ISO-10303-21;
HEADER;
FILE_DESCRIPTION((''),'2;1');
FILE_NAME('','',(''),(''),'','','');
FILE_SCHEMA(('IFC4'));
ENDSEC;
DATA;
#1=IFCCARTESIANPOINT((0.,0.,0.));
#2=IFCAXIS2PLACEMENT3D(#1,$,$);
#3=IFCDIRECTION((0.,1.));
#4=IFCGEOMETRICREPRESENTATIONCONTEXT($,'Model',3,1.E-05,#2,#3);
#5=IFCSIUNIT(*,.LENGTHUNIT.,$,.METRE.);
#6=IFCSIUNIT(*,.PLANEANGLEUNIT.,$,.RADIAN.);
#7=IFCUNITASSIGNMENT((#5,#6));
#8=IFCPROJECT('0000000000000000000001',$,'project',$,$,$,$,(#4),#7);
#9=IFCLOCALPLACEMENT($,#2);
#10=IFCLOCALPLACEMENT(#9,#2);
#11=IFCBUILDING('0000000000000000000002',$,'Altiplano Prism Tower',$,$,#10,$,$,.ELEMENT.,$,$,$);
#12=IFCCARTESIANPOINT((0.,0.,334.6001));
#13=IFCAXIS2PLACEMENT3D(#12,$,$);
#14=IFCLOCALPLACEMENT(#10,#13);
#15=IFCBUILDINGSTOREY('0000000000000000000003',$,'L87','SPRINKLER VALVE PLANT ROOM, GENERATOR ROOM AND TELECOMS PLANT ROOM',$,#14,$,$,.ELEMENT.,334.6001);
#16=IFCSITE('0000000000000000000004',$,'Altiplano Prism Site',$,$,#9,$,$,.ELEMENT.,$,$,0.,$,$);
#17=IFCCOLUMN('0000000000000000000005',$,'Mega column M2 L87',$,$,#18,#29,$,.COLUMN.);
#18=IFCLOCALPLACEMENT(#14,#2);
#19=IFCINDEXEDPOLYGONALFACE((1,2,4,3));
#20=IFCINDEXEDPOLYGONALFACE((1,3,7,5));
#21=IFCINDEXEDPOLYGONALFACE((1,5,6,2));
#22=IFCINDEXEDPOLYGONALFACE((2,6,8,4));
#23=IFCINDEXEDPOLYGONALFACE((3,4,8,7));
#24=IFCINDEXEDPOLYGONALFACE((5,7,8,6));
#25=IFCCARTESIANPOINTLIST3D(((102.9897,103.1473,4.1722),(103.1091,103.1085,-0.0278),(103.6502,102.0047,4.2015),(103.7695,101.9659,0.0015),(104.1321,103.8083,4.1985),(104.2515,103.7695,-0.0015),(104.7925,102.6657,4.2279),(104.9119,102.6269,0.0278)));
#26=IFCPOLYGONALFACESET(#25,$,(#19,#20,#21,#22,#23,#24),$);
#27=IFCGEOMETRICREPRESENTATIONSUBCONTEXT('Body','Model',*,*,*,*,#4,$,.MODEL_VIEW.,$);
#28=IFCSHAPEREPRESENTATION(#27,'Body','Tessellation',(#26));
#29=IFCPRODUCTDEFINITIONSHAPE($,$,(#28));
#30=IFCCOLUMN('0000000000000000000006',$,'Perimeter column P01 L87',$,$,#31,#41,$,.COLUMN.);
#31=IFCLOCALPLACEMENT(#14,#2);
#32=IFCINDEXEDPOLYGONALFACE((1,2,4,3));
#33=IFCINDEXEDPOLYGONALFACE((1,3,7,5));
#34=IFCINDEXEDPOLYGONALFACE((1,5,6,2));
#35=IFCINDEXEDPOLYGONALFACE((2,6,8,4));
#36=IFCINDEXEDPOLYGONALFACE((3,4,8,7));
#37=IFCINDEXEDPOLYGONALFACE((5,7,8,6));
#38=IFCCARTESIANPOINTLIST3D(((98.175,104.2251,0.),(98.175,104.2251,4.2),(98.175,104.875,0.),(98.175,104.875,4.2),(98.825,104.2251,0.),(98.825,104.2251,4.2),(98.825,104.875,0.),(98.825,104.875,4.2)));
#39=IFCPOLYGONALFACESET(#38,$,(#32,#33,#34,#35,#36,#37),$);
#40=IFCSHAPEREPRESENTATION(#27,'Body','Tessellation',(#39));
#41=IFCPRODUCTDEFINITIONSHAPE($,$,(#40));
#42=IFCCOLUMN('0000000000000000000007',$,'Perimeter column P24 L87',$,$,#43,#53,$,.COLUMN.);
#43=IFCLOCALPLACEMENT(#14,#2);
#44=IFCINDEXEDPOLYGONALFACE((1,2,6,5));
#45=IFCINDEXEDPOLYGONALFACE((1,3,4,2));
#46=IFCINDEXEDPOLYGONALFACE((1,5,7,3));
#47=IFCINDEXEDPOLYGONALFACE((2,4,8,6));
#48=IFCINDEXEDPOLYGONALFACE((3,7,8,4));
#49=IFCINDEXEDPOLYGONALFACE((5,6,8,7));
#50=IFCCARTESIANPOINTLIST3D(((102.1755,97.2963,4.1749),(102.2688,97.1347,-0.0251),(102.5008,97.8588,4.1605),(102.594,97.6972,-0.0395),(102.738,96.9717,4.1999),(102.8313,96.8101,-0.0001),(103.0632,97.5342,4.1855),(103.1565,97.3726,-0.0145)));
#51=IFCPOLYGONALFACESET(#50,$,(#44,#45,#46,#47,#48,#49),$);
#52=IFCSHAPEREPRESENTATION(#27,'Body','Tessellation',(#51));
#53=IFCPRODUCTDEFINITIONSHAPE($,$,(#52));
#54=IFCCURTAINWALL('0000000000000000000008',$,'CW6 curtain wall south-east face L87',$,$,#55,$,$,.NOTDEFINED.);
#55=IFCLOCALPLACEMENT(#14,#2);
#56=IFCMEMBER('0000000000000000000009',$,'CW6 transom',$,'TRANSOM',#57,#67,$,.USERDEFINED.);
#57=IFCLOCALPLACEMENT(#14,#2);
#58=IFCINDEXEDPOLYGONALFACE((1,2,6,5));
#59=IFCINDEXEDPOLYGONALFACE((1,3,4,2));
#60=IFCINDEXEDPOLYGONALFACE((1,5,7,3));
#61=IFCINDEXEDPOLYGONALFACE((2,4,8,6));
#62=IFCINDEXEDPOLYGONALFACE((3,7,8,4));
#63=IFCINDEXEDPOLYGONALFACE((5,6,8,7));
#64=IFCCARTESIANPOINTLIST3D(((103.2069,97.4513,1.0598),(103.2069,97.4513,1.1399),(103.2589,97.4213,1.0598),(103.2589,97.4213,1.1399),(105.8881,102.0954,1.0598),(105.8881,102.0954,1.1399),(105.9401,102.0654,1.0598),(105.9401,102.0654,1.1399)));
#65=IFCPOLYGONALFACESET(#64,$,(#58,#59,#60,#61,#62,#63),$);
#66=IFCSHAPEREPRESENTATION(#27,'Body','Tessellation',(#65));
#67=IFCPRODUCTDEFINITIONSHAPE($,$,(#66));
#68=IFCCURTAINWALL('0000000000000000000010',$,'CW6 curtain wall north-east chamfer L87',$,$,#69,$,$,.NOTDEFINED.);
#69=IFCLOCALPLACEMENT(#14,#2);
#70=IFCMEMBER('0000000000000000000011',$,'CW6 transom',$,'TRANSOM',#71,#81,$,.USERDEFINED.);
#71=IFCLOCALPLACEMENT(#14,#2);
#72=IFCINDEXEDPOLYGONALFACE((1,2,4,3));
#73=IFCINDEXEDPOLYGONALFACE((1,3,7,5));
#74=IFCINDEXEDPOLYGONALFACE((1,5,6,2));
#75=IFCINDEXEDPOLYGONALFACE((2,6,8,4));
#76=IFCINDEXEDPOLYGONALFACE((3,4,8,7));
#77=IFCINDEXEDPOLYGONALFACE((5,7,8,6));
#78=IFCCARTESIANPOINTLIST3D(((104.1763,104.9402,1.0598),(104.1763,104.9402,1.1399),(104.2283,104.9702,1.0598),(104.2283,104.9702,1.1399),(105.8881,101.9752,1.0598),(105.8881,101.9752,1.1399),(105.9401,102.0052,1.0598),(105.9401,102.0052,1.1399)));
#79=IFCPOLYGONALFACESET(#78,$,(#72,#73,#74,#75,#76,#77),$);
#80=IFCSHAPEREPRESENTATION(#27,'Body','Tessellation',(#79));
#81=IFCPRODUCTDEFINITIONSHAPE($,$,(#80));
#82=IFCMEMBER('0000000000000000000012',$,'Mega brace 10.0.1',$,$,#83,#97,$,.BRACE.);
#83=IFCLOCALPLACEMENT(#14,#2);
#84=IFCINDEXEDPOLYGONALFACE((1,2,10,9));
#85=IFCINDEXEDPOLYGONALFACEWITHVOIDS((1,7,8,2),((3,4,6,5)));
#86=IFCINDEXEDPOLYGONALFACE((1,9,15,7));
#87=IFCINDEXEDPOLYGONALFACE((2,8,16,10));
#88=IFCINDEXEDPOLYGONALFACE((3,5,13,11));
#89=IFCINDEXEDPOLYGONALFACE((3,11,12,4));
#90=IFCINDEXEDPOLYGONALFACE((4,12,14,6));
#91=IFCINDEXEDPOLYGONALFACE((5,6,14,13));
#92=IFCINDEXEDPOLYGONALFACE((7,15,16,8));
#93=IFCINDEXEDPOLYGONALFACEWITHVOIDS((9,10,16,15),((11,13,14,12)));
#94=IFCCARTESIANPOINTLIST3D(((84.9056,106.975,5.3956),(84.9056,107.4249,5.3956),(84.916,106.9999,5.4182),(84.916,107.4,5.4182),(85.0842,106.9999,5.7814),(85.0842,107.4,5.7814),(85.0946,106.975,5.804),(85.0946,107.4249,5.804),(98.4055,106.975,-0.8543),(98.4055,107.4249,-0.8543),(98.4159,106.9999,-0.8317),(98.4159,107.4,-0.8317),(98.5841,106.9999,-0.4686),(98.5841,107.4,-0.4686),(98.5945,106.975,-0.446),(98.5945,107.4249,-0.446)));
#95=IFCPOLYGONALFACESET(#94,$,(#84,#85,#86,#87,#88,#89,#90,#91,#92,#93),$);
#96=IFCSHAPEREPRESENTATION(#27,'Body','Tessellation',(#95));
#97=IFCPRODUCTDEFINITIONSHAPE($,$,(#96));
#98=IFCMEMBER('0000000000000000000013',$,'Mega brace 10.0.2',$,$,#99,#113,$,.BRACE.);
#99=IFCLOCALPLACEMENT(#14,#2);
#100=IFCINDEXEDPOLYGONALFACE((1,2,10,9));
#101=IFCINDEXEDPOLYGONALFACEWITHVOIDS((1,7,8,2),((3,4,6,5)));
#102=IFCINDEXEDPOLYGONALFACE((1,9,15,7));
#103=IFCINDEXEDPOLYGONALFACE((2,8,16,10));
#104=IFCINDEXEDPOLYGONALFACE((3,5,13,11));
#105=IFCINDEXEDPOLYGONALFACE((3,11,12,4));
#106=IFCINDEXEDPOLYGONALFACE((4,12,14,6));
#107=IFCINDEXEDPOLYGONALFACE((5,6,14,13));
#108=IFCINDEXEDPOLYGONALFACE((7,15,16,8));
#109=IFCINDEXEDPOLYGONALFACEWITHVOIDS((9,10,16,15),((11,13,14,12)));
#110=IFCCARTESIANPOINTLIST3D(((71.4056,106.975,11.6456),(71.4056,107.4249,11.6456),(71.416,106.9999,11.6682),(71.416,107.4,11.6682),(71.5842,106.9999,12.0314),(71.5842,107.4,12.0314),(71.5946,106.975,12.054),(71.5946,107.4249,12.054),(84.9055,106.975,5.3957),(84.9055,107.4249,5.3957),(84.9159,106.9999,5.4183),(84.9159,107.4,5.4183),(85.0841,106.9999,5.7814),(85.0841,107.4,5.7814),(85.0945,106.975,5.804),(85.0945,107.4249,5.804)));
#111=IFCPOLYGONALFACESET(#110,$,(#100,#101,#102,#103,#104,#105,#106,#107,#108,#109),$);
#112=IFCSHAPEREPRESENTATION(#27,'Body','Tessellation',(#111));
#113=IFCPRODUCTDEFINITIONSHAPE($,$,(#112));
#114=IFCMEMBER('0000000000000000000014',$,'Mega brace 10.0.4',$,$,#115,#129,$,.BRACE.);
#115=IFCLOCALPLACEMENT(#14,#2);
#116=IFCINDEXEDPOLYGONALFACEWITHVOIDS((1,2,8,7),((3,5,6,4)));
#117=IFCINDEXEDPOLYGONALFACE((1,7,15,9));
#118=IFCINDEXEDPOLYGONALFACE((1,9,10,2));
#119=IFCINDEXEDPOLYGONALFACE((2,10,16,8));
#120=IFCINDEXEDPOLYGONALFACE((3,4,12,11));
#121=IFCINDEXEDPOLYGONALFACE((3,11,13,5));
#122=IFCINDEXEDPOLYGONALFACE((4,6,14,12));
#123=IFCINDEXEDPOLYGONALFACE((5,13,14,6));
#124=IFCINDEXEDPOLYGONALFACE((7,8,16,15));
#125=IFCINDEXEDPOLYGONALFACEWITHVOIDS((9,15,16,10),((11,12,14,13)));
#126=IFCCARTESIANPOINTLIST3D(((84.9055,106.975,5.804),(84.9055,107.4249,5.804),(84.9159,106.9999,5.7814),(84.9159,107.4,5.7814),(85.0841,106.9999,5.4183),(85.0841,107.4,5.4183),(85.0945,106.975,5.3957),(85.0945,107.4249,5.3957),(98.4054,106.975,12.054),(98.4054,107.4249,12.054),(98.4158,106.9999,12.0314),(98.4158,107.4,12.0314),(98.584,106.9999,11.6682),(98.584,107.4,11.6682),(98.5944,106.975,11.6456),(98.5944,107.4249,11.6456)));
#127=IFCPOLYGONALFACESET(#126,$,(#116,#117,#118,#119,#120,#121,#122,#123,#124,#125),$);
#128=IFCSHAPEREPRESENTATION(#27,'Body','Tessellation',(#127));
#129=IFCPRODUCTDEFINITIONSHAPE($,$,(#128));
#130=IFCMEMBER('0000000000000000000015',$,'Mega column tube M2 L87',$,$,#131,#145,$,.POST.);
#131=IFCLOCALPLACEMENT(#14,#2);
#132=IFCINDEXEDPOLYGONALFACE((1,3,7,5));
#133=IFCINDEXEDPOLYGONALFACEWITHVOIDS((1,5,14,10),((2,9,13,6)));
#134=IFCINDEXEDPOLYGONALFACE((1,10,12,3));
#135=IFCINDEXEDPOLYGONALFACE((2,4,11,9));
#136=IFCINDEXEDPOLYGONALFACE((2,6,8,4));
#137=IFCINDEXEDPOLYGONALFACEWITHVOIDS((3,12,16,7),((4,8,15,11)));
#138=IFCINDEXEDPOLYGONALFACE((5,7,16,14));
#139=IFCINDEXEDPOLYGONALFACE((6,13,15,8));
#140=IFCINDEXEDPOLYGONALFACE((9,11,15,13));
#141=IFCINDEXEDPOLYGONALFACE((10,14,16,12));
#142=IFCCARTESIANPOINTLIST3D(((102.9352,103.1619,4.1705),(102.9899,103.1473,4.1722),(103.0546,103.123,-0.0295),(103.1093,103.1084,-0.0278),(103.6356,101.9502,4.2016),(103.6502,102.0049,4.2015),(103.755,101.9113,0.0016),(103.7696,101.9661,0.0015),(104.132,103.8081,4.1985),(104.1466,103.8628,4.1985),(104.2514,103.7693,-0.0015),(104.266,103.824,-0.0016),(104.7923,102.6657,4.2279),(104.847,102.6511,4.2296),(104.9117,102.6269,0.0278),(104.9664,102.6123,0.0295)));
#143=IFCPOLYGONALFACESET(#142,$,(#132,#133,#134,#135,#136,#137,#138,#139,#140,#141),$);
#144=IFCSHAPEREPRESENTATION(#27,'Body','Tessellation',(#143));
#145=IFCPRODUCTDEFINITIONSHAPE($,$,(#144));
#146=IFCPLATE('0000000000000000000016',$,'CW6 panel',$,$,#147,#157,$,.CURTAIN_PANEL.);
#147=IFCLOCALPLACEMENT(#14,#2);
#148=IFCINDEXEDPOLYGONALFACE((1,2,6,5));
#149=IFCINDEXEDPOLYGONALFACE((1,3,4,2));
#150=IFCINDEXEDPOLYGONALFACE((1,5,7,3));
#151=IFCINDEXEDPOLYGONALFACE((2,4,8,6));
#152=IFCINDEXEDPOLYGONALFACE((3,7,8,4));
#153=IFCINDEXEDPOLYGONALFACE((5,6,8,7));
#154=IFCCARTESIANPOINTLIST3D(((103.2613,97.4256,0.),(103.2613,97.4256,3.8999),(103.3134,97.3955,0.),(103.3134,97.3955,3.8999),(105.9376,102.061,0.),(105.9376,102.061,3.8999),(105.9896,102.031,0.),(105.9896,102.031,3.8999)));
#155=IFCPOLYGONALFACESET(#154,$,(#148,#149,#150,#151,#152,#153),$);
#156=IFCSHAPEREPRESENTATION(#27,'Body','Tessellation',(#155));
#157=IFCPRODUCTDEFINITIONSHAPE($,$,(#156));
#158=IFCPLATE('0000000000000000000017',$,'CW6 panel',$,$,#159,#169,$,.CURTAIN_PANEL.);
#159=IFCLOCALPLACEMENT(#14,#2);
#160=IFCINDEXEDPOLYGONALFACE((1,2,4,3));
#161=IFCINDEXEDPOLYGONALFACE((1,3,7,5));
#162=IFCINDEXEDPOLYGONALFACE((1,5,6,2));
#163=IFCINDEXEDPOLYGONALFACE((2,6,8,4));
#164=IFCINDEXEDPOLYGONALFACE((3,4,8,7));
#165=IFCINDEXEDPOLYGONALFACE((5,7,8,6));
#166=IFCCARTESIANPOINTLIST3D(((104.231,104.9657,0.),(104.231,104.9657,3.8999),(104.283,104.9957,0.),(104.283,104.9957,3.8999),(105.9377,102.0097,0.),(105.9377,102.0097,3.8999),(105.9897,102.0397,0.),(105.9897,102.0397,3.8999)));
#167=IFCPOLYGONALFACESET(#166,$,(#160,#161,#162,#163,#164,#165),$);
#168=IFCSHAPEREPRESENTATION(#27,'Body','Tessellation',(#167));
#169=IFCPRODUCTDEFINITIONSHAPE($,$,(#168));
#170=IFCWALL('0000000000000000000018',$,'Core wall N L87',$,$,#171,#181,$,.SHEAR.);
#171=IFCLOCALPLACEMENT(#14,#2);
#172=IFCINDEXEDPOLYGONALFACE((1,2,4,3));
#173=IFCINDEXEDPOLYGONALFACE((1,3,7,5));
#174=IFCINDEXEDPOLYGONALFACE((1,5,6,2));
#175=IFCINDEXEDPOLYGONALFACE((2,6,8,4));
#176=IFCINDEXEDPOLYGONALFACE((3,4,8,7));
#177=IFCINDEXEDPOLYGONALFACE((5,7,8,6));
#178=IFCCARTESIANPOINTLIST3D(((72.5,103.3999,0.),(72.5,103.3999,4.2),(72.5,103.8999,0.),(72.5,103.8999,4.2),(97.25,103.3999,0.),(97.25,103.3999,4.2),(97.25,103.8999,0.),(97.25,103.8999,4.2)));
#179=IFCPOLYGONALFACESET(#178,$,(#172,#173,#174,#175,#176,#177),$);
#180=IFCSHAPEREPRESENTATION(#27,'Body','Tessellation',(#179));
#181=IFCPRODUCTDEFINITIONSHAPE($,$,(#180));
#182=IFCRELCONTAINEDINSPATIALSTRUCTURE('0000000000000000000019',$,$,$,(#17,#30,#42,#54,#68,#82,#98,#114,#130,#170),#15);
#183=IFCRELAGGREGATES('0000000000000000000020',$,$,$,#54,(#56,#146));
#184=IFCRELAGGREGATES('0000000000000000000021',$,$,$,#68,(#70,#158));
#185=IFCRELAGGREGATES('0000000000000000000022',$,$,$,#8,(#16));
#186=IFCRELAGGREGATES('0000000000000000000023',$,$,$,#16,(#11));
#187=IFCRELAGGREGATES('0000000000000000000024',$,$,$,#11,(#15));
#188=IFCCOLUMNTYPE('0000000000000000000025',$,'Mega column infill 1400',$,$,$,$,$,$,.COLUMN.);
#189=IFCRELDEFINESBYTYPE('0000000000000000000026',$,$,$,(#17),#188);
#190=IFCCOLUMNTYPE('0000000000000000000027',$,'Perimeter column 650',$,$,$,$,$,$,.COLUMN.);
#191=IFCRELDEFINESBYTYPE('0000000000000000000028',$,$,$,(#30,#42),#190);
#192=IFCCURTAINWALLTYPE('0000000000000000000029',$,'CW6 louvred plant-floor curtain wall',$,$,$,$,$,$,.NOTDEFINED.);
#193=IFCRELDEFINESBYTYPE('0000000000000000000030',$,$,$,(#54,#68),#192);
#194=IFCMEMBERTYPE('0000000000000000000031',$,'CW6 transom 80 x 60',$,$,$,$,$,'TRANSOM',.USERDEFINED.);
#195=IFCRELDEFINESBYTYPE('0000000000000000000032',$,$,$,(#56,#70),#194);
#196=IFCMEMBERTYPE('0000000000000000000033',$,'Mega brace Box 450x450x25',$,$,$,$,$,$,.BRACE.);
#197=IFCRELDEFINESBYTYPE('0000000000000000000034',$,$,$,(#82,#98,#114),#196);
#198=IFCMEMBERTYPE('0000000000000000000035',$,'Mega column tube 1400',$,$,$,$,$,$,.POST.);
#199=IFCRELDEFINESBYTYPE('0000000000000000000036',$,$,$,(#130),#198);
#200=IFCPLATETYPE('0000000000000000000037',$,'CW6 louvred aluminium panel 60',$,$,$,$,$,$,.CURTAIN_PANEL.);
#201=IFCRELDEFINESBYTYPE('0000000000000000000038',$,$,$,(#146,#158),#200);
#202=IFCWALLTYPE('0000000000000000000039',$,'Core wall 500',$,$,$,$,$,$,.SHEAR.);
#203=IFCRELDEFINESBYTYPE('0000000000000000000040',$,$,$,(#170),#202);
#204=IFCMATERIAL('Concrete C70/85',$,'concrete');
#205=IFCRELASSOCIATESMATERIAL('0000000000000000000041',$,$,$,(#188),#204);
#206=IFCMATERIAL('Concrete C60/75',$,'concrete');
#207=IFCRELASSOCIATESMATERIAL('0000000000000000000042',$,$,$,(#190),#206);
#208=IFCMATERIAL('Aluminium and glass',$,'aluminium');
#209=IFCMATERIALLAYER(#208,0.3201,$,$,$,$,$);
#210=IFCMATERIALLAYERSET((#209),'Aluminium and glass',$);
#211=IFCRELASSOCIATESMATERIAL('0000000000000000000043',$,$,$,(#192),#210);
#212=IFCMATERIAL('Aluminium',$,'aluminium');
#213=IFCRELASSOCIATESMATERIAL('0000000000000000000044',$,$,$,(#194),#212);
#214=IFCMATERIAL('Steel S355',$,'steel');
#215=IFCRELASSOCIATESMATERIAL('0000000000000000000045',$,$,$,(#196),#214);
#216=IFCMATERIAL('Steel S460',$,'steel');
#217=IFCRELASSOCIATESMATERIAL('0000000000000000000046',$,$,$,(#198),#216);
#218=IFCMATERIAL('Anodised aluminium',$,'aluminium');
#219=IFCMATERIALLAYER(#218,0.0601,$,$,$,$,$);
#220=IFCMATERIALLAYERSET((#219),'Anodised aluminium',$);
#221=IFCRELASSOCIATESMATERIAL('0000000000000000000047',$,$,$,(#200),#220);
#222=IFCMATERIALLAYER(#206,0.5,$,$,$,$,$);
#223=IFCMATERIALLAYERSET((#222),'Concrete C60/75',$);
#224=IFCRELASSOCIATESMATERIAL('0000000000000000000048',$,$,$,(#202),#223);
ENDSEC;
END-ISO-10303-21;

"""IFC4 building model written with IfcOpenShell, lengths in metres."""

from ifc_helpers import new_model, si_unit, direction, frame, frame_2d, origin, origin_2d, place, context, subcontext, project, spatial, rectangle, hollow_rectangle, extrude, material, layer, layer_set, material_profile, profile_set, type_object, element, aggregate, save


model = new_model("IFC4")

# Units and contexts
model_context = context("Model", 3, precision=1e-05, world=origin(), true_north=direction((0.0, 1.0)))
body_context = subcontext(model_context, "Body", "Model", "MODEL_VIEW")
ifc_project = project(units=[si_unit("LENGTHUNIT", "METRE"), si_unit("PLANEANGLEUNIT", "RADIAN")], contexts=[model_context])

# Site, building, storey
site_placement = place(None, origin())
site = spatial("IfcSite", under=ifc_project, at=site_placement, Name="Altiplano Prism Site", CompositionType="ELEMENT", RefElevation=0.0)
building_placement = place(site_placement, origin())
building = spatial("IfcBuilding", under=site, at=building_placement, Name="Altiplano Prism Tower", CompositionType="ELEMENT")
storey_placement = place(building_placement, frame((0.0, 0.0, 334.6001)))
storey = spatial("IfcBuildingStorey", under=building, at=storey_placement, Name="L87", Description="SPRINKLER VALVE PLANT ROOM, GENERATOR ROOM AND TELECOMS PLANT ROOM", CompositionType="ELEMENT", Elevation=334.6001)

# Columns
ifc_material_1 = material(Name="Concrete C70/85", Category="concrete")
ifc_material_profile_1 = material_profile(ifc_material_1, rectangle(XDim=1.3201, YDim=1.3201, at=origin_2d()), Name="Mega column infill 1400")
ifc_profile_set_1 = profile_set([ifc_material_profile_1], Name="Concrete C70/85")
column_type_1 = type_object("IfcColumnType", Name="Mega column infill 1400", PredefinedType="COLUMN", material=ifc_profile_set_1)
column_1_placement = place(storey_placement, frame((104.0105, 102.8677, 0.0), z_axis=(-0.028413, 0.009238, 0.999554), x_axis=(0.500309, -0.865562, 0.022221)))
element("IfcColumn", 1, at=column_1_placement, inside=storey, type_object=column_type_1, Name="Mega column M2 L87", PredefinedType="COLUMN", context=body_context, shape_type="SweptSolid", body=[
    extrude(rectangle(XDim=1.3201, YDim=1.3201, at=origin_2d()), origin(), (0.0, 0.0, 1.0), 4.2019),
])
ifc_material_2 = material(Name="Concrete C60/75", Category="concrete")
ifc_material_profile_2 = material_profile(ifc_material_2, rectangle(XDim=0.6499, YDim=0.6499, at=origin_2d()), Name="Perimeter column 650")
ifc_profile_set_2 = profile_set([ifc_material_profile_2], Name="Concrete C60/75")
column_type_2 = type_object("IfcColumnType", Name="Perimeter column 650", PredefinedType="COLUMN", material=ifc_profile_set_2)
column_2_placement = place(storey_placement, frame((98.5, 104.55, 0.0), z_axis=(0.0, 0.0, 1.0), x_axis=(1.0, 0.0, 0.0)))
element("IfcColumn", 2, at=column_2_placement, inside=storey, type_object=column_type_2, Name="Perimeter column P01 L87", PredefinedType="COLUMN", context=body_context, shape_type="SweptSolid", body=[
    extrude(rectangle(XDim=0.6499, YDim=0.6499, at=origin_2d()), origin(), (0.0, 0.0, 1.0), 4.2),
])
column_3_placement = place(storey_placement, frame((102.7126, 97.2537, -0.0198), z_axis=(-0.022184, 0.038444, 0.999014), x_axis=(-0.500456, -0.865478, 0.022192)))
element("IfcColumn", 3, at=column_3_placement, inside=storey, type_object=column_type_2, Name="Perimeter column P24 L87", PredefinedType="COLUMN", context=body_context, shape_type="SweptSolid", body=[
    extrude(rectangle(XDim=0.6499, YDim=0.6499, at=origin_2d()), origin(), (0.0, 0.0, 1.0), 4.2041),
])

# Curtain walls, members
ifc_material_3 = material(Name="Aluminium and glass", Category="aluminium")
ifc_layer_1 = layer(ifc_material_3, 0.3201)
ifc_layer_set_1 = layer_set([ifc_layer_1], Name="Aluminium and glass")
curtain_wall_type = type_object("IfcCurtainWallType", Name="CW6 louvred plant-floor curtain wall", PredefinedType="NOTDEFINED", material=ifc_layer_set_1)
curtain_wall_1_placement = place(storey_placement, origin())
curtain_wall_1 = element("IfcCurtainWall", 4, at=curtain_wall_1_placement, inside=storey, type_object=curtain_wall_type, Name="CW6 curtain wall south-east face L87", PredefinedType="NOTDEFINED")
ifc_material_4 = material(Name="Aluminium", Category="aluminium")
ifc_material_profile_3 = material_profile(ifc_material_4, rectangle(XDim=0.0601, YDim=0.0801, at=origin_2d()), Name="CW6 transom 80 x 60")
ifc_profile_set_3 = profile_set([ifc_material_profile_3], Name="Aluminium")
member_type_1 = type_object("IfcMemberType", Name="CW6 transom 80 x 60", ElementType="TRANSOM", PredefinedType="USERDEFINED", material=ifc_profile_set_3)
member_1_placement = place(storey_placement, frame((103.2329, 97.4363, 1.0999), z_axis=(0.499988, 0.866032, 0.0), x_axis=(-0.866032, 0.499988, 0.0)))
member_1 = element("IfcMember", 5, at=member_1_placement, type_object=member_type_1, Name="CW6 transom", ObjectType="TRANSOM", PredefinedType="USERDEFINED", context=body_context, shape_type="SweptSolid", body=[
    extrude(rectangle(XDim=0.0601, YDim=0.0801, at=origin_2d()), origin(), (0.0, 0.0, 1.0), 5.3625),
])
curtain_wall_2_placement = place(storey_placement, origin())
curtain_wall_2 = element("IfcCurtainWall", 6, at=curtain_wall_2_placement, inside=storey, type_object=curtain_wall_type, Name="CW6 curtain wall north-east chamfer L87", PredefinedType="NOTDEFINED")
member_2_placement = place(storey_placement, frame((105.9141, 101.9902, 1.0999), z_axis=(-0.499982, 0.866036, 0.0), x_axis=(-0.866036, -0.499982, 0.0)))
member_2 = element("IfcMember", 7, at=member_2_placement, type_object=member_type_1, Name="CW6 transom", ObjectType="TRANSOM", PredefinedType="USERDEFINED", context=body_context, shape_type="SweptSolid", body=[
    extrude(rectangle(XDim=0.0601, YDim=0.0801, at=origin_2d()), origin(), (0.0, 0.0, 1.0), 3.4236),
])

# Members
ifc_material_5 = material(Name="Steel S355", Category="steel")
ifc_material_profile_4 = material_profile(ifc_material_5, hollow_rectangle(XDim=0.45, YDim=0.45, WallThickness=0.0249, at=origin_2d()), Name="Mega brace Box 450x450x25")
ifc_profile_set_4 = profile_set([ifc_material_profile_4], Name="Steel S355")
member_type_2 = type_object("IfcMemberType", Name="Mega brace Box 450x450x25", PredefinedType="BRACE", material=ifc_profile_set_4)
for number, where, z_axis, x_axis, name in (
    (8, (98.5, 107.2, -0.6501), (-0.907467, 0.0, 0.420124), (0.0, -1.0, 0.0), "Mega brace 10.0.1"),
    (9, (85.0, 107.2, 5.5999), (-0.907467, 0.0, 0.420124), (0.0, -1.0, 0.0), "Mega brace 10.0.2"),
    (10, (85.0, 107.2, 5.5999), (0.907467, 0.0, 0.420124), (0.0, 1.0, 0.0), "Mega brace 10.0.4"),
):
    element("IfcMember", number, at=place(storey_placement, frame(where, z_axis=z_axis, x_axis=x_axis)), inside=storey, type_object=member_type_2, Name=name, PredefinedType="BRACE", context=body_context, shape_type="SweptSolid", body=[
        extrude(hollow_rectangle(XDim=0.45, YDim=0.45, WallThickness=0.0249, at=origin_2d()), origin(), (0.0, 0.0, 1.0), 14.8765),
    ])
ifc_material_6 = material(Name="Steel S460", Category="steel")
ifc_material_profile_5 = material_profile(ifc_material_6, hollow_rectangle(XDim=1.3999, YDim=1.3999, WallThickness=0.04, at=origin_2d()), Name="Mega column tube 1400")
ifc_profile_set_5 = profile_set([ifc_material_profile_5], Name="Steel S460")
member_type_3 = type_object("IfcMemberType", Name="Mega column tube 1400", PredefinedType="POST", material=ifc_profile_set_5)
member_3_placement = place(storey_placement, frame((104.0105, 102.8677, 0.0), z_axis=(-0.028413, 0.009238, 0.999554), x_axis=(0.500309, -0.865562, 0.022221)))
element("IfcMember", 11, at=member_3_placement, inside=storey, type_object=member_type_3, Name="Mega column tube M2 L87", PredefinedType="POST", context=body_context, shape_type="SweptSolid", body=[
    extrude(hollow_rectangle(XDim=1.3999, YDim=1.3999, WallThickness=0.04, at=origin_2d()), origin(), (0.0, 0.0, 1.0), 4.2019),
])

# Plates
ifc_material_7 = material(Name="Anodised aluminium", Category="aluminium")
ifc_layer_2 = layer(ifc_material_7, 0.0601)
ifc_layer_set_2 = layer_set([ifc_layer_2], Name="Anodised aluminium")
plate_type = type_object("IfcPlateType", Name="CW6 louvred aluminium panel 60", PredefinedType="CURTAIN_PANEL", material=ifc_layer_set_2)
plate_1_placement = place(storey_placement, frame((104.6255, 99.7283, 0.0), z_axis=(0.0, 0.0, 1.0), x_axis=(0.5, 0.866025, 0.0)))
plate_1 = element("IfcPlate", 12, at=plate_1_placement, type_object=plate_type, Name="CW6 panel", PredefinedType="CURTAIN_PANEL", context=body_context, shape_type="SweptSolid", body=[
    extrude(rectangle(XDim=5.3525, YDim=0.0601, at=origin_2d()), origin(), (0.0, 0.0, 1.0), 3.8999),
])
aggregate(curtain_wall_1, [member_1, plate_1])
plate_2_placement = place(storey_placement, frame((105.1104, 103.5027, 0.0), z_axis=(0.0, 0.0, 1.0), x_axis=(-0.5, 0.866025, 0.0)))
plate_2 = element("IfcPlate", 13, at=plate_2_placement, type_object=plate_type, Name="CW6 panel", PredefinedType="CURTAIN_PANEL", context=body_context, shape_type="SweptSolid", body=[
    extrude(rectangle(XDim=3.4133, YDim=0.0601, at=origin_2d()), origin(), (0.0, 0.0, 1.0), 3.8999),
])
aggregate(curtain_wall_2, [member_2, plate_2])

# Wall
ifc_layer_3 = layer(ifc_material_2, 0.5)
ifc_layer_set_3 = layer_set([ifc_layer_3], Name="Concrete C60/75")
wall_type_1 = type_object("IfcWallType", Name="Core wall 500", PredefinedType="SHEAR", material=ifc_layer_set_3)
wall_1_placement = place(storey_placement, frame((97.25, 103.6499, 0.0), z_axis=(0.0, 0.0, 1.0), x_axis=(-1.0, 0.0, 0.0)))
element("IfcWall", 14, at=wall_1_placement, inside=storey, type_object=wall_type_1, Name="Core wall N L87", PredefinedType="SHEAR", context=body_context, shape_type="SweptSolid", body=[
    extrude(rectangle(XDim=24.75, YDim=0.5, at=frame_2d((12.375, 0.0))), origin(), (0.0, 0.0, 1.0), 4.2),
])

save(model, "model.ifc")
